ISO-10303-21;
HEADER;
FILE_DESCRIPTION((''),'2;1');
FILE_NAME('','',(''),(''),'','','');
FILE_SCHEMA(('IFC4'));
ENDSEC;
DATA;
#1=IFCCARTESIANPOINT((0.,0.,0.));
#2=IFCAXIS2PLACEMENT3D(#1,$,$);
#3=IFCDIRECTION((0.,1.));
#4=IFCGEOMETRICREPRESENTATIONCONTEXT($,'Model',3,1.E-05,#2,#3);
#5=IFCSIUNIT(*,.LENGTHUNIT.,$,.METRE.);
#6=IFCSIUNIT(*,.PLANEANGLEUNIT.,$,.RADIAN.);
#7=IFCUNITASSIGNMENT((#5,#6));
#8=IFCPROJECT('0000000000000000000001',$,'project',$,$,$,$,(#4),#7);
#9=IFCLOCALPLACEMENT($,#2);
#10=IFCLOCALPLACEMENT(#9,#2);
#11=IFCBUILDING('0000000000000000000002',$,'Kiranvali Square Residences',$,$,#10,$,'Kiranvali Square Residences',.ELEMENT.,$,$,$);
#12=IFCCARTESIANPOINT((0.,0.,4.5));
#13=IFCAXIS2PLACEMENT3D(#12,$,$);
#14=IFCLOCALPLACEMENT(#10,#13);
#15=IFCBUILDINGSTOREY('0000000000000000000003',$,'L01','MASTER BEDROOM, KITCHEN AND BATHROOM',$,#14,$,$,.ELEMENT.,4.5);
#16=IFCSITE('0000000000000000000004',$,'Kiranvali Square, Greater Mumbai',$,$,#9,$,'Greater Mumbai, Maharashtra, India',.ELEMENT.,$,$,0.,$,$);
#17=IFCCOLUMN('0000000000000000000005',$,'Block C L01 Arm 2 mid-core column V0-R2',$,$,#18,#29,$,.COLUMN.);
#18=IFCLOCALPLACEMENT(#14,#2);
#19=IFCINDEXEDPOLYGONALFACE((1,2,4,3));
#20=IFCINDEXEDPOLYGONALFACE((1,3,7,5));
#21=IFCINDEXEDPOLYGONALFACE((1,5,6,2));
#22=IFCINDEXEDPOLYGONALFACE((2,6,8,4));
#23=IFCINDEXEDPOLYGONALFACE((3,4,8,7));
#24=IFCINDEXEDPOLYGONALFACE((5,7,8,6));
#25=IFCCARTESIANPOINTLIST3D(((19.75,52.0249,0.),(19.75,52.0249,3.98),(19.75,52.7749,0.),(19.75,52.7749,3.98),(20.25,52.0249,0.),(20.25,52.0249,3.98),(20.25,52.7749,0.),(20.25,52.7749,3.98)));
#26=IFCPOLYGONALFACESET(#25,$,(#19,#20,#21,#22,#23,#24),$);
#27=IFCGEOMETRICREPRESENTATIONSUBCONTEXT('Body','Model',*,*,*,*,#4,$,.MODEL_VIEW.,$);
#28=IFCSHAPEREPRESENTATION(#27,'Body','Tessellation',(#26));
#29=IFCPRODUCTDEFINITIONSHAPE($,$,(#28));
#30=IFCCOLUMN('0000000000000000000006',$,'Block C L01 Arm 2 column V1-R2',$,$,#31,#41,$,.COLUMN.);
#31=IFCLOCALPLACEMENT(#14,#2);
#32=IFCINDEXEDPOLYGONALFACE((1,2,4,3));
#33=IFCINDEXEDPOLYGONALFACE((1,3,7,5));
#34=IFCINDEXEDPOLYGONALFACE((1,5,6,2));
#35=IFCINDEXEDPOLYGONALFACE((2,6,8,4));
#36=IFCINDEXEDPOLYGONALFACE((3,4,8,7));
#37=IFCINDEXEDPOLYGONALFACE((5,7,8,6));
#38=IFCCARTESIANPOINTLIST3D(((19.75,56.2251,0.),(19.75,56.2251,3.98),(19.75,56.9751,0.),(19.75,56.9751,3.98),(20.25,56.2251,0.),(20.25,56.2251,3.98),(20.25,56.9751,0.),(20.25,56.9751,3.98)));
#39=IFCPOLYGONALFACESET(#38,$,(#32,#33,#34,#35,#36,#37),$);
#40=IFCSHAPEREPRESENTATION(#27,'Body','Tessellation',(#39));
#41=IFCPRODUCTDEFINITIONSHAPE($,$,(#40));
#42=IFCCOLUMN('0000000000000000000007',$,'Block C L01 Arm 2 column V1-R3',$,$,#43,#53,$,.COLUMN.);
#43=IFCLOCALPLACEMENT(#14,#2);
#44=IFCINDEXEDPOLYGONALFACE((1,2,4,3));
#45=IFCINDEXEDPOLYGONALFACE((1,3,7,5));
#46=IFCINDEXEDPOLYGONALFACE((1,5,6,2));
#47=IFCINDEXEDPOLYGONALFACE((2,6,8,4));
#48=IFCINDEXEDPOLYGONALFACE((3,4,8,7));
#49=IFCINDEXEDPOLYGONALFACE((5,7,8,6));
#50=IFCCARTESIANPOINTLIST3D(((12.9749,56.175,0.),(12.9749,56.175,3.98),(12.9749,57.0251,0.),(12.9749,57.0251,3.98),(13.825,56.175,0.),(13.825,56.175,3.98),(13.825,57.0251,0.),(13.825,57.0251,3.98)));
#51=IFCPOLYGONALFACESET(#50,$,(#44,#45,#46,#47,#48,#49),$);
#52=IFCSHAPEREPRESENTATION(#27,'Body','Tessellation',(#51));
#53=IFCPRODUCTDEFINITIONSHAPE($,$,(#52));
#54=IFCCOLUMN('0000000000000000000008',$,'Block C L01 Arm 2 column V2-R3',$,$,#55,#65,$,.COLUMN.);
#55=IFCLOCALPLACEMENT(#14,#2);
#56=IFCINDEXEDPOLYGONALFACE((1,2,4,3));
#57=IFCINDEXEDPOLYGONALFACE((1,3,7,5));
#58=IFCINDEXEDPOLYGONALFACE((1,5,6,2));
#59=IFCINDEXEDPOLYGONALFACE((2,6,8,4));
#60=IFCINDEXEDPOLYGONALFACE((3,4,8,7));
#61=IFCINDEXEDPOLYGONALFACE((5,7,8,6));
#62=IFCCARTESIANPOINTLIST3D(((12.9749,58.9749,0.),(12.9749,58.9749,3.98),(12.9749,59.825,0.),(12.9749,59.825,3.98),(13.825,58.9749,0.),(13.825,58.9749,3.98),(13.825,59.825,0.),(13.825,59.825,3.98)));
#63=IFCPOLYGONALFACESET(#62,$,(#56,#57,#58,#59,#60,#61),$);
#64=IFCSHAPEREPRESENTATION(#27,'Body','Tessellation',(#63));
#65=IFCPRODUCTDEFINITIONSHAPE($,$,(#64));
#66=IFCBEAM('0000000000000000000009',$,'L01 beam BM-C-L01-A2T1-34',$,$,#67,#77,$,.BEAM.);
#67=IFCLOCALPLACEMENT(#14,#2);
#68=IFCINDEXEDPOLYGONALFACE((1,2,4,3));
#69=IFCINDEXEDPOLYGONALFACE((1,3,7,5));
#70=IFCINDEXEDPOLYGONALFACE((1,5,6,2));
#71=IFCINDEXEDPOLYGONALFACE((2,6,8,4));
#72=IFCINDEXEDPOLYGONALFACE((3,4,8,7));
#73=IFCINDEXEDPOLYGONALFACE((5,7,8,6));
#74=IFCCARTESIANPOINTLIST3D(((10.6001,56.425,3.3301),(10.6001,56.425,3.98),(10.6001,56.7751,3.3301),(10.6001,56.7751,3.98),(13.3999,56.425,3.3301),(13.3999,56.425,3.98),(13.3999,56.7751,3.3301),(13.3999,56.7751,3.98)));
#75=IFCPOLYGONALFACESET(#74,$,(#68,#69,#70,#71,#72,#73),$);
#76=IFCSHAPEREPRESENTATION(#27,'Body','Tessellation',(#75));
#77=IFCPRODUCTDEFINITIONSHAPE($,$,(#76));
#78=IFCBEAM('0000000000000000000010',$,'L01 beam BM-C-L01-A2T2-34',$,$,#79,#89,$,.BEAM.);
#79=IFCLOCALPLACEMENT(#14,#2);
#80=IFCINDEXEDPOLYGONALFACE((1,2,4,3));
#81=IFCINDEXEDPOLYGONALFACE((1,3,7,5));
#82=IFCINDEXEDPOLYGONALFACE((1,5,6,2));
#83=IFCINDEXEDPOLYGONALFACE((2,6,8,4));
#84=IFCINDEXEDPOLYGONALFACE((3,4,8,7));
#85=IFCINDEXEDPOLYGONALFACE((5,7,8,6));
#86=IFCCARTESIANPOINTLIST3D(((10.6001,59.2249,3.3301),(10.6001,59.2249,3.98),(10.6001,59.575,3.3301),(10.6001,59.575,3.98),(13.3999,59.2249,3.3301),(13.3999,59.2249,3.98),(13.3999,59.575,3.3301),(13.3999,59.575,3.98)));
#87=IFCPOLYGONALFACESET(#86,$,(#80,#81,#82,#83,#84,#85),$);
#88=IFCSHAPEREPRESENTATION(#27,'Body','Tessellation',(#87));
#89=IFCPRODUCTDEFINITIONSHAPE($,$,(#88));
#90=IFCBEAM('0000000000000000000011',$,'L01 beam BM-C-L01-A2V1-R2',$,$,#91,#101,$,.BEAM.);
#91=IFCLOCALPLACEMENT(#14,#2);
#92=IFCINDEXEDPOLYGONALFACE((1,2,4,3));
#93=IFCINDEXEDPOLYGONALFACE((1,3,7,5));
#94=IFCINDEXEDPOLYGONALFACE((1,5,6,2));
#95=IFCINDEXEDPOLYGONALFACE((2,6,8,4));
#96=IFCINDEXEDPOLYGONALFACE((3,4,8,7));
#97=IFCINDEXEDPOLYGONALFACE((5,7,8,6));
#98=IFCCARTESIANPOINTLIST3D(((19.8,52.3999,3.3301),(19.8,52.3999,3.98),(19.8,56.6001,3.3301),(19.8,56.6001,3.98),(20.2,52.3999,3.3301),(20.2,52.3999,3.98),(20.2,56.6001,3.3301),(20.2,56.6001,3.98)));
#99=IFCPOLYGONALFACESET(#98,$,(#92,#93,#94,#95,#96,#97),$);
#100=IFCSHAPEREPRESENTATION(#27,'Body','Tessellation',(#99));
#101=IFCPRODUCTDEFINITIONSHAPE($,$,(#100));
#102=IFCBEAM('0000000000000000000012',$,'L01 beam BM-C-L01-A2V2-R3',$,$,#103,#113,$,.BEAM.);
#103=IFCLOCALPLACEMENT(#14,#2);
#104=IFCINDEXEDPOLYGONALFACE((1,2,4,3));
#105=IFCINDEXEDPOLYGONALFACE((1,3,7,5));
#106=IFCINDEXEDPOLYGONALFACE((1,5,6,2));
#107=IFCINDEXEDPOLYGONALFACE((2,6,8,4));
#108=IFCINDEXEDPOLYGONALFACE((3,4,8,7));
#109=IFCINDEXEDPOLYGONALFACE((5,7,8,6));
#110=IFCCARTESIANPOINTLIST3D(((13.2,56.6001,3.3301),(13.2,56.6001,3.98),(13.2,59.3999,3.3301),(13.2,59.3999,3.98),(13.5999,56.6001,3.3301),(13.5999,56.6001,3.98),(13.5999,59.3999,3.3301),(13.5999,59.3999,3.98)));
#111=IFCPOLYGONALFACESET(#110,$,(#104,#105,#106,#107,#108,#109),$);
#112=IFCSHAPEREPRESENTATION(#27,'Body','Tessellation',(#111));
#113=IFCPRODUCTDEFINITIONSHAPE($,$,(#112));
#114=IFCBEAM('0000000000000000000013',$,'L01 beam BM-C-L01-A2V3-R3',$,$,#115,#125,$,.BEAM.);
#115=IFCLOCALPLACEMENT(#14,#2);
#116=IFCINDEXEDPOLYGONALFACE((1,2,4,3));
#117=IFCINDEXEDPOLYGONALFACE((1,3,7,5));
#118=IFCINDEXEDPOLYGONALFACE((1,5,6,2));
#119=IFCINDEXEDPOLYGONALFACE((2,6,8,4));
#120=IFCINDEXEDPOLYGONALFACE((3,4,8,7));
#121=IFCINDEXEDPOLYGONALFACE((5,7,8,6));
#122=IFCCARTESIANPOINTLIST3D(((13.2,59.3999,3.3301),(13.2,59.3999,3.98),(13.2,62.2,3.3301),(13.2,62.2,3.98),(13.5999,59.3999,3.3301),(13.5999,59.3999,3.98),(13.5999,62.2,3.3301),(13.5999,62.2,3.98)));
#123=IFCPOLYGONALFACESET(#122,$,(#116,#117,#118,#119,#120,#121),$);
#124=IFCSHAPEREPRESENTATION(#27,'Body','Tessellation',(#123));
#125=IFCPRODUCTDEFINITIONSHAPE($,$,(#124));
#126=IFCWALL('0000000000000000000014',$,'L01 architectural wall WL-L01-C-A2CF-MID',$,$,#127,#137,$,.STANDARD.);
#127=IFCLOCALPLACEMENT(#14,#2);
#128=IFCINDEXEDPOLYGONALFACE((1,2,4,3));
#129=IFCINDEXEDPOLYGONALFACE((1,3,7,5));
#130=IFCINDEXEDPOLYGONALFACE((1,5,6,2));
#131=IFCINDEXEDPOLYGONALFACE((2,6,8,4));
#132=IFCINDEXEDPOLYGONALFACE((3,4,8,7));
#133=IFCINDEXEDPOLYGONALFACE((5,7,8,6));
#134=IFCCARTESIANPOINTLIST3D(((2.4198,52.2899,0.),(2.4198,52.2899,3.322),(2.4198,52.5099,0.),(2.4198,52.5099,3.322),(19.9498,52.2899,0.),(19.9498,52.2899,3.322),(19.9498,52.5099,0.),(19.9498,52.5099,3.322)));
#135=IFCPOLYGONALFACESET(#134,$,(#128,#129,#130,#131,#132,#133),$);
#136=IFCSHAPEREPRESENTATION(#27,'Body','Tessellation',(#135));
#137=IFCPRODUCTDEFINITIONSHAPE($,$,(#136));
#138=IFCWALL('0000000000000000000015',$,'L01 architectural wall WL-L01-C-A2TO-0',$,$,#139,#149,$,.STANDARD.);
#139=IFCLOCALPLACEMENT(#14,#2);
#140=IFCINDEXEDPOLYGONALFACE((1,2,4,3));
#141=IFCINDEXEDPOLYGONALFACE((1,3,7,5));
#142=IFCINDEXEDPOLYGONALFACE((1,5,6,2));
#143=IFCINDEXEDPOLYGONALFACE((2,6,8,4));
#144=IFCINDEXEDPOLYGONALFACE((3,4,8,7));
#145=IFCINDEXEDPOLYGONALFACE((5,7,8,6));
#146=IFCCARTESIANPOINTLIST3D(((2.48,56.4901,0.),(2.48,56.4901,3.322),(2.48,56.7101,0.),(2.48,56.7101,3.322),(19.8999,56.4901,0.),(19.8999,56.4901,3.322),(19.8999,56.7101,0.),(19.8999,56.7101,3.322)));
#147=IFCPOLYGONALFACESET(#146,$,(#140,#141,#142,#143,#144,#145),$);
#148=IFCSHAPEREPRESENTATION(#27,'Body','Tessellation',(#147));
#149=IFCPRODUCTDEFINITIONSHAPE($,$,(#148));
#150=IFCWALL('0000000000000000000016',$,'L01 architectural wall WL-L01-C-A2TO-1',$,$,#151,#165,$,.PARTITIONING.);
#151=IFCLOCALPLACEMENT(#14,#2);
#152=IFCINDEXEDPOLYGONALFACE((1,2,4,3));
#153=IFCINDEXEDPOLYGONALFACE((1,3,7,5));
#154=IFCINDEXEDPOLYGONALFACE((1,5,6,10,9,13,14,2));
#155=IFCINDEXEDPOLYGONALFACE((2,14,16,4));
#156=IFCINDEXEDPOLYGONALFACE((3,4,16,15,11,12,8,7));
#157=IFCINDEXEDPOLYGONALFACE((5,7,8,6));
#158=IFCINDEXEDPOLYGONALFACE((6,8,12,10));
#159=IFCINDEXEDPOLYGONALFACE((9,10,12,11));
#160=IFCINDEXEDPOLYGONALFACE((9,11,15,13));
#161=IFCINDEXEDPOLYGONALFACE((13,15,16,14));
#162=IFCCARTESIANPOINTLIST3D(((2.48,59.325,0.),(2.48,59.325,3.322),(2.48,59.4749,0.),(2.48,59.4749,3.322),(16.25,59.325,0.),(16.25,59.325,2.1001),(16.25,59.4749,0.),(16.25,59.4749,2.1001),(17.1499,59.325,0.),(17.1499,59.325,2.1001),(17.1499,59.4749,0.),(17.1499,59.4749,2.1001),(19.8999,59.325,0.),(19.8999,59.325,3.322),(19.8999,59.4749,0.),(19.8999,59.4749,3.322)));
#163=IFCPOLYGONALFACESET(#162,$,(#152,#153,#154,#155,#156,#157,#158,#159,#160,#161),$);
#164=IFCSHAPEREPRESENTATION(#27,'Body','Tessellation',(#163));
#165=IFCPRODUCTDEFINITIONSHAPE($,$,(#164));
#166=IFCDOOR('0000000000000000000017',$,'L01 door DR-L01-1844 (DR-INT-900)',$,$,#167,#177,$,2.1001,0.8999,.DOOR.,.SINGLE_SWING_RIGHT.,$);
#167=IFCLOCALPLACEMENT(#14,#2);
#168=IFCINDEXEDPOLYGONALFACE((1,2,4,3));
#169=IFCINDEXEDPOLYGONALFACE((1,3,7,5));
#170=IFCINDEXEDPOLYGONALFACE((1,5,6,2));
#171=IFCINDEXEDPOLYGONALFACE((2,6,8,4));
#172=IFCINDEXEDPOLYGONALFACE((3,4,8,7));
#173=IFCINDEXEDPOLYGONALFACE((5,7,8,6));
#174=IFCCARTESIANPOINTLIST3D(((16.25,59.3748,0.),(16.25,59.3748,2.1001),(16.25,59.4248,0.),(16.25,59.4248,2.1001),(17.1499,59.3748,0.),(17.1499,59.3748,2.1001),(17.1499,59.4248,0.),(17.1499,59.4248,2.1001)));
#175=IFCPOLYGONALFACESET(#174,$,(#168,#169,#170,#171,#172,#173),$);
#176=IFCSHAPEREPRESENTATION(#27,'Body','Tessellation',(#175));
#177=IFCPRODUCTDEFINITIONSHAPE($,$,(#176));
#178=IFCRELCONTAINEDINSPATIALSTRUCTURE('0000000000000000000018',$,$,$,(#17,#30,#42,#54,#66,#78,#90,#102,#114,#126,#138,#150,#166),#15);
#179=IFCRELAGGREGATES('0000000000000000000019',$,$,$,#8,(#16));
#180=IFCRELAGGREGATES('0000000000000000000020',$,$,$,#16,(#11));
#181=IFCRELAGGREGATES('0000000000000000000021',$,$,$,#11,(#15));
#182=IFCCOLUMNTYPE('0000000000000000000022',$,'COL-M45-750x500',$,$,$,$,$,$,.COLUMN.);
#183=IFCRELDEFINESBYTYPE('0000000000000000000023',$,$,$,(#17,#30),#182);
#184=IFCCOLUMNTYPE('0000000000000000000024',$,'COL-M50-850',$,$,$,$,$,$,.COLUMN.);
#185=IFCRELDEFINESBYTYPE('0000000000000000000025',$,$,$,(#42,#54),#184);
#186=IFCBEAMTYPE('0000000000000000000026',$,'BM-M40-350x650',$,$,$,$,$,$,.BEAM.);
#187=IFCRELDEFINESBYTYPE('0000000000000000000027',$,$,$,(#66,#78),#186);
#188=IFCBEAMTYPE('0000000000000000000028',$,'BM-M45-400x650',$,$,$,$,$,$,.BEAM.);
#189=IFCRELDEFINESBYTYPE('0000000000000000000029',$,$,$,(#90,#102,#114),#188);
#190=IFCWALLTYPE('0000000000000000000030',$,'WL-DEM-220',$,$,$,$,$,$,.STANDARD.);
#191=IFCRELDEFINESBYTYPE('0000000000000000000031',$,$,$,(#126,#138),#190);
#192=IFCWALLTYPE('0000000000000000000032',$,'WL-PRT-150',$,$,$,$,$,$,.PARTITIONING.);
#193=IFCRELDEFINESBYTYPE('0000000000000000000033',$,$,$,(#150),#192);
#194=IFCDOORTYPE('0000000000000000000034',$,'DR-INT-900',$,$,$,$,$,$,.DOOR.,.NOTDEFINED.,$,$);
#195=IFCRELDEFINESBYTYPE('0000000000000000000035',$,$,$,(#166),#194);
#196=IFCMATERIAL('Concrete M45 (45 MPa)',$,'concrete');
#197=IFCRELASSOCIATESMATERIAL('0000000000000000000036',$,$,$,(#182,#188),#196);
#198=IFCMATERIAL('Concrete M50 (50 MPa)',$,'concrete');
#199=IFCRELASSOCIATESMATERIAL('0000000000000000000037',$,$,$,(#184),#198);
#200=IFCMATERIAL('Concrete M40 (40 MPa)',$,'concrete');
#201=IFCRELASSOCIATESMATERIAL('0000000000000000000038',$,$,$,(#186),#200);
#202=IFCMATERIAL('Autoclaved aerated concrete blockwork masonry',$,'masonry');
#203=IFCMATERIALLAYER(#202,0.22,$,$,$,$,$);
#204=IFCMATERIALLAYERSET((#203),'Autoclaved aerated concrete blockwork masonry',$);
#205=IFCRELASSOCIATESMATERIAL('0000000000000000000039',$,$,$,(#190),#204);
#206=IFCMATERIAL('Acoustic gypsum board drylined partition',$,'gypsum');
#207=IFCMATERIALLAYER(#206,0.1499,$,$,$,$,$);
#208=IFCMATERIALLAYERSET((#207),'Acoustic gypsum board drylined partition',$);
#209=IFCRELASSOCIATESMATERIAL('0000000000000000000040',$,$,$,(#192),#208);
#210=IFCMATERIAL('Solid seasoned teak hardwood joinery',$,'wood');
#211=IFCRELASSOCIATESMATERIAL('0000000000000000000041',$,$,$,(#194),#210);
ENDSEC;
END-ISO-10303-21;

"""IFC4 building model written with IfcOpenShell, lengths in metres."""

from ifc_helpers import new_model, si_unit, direction, frame, frame_2d, origin, origin_2d, place, context, subcontext, project, spatial, rectangle, extrude, material, layer, layer_set, material_profile, profile_set, type_object, element, fill, save


model = new_model("IFC4")

# Units and contexts
model_context = context("Model", 3, precision=1e-05, world=origin(), true_north=direction((0.0, 1.0)))
body_context = subcontext(model_context, "Body", "Model", "MODEL_VIEW")
ifc_project = project(units=[si_unit("LENGTHUNIT", "METRE"), si_unit("PLANEANGLEUNIT", "RADIAN")], contexts=[model_context])

# Site, building, storey
site_placement = place(None, origin())
site = spatial("IfcSite", under=ifc_project, at=site_placement, Name="Kiranvali Square, Greater Mumbai", LongName="Greater Mumbai, Maharashtra, India", CompositionType="ELEMENT", RefElevation=0.0)
building_placement = place(site_placement, origin())
building = spatial("IfcBuilding", under=site, at=building_placement, Name="Kiranvali Square Residences", LongName="Kiranvali Square Residences", CompositionType="ELEMENT")
storey_placement = place(building_placement, frame((0.0, 0.0, 4.5)))
storey = spatial("IfcBuildingStorey", under=building, at=storey_placement, Name="L01", Description="MASTER BEDROOM, KITCHEN AND BATHROOM", CompositionType="ELEMENT", Elevation=4.5)

# Columns
ifc_material_1 = material(Name="Concrete M45 (45 MPa)", Category="concrete")
ifc_material_profile_1 = material_profile(ifc_material_1, rectangle(XDim=0.5, YDim=0.75, at=origin_2d()), Name="RC 750x500")
ifc_profile_set_1 = profile_set([ifc_material_profile_1], Name="Concrete M45 (45 MPa)")
column_type_1 = type_object("IfcColumnType", Name="COL-M45-750x500", PredefinedType="COLUMN", material=ifc_profile_set_1)
for number, where, z_axis, x_axis, name in (
    (1, (20.0, 52.3999, 0.0), (0.0, 0.0, 1.0), (1.0, 0.0, 0.0), "Block C L01 Arm 2 mid-core column V0-R2"),
    (2, (20.0, 56.6001, 0.0), (0.0, 0.0, 1.0), (1.0, 0.0, 0.0), "Block C L01 Arm 2 column V1-R2"),
):
    element("IfcColumn", number, at=place(storey_placement, frame(where, z_axis=z_axis, x_axis=x_axis)), inside=storey, type_object=column_type_1, Name=name, PredefinedType="COLUMN", context=body_context, shape_type="SweptSolid", body=[
        extrude(rectangle(XDim=0.5, YDim=0.75, at=origin_2d()), origin(), (0.0, 0.0, 1.0), 3.98),
    ])
ifc_material_2 = material(Name="Concrete M50 (50 MPa)", Category="concrete")
ifc_material_profile_2 = material_profile(ifc_material_2, rectangle(XDim=0.8501, YDim=0.8501, at=origin_2d()), Name="RC 850x850")
ifc_profile_set_2 = profile_set([ifc_material_profile_2], Name="Concrete M50 (50 MPa)")
column_type_2 = type_object("IfcColumnType", Name="COL-M50-850", PredefinedType="COLUMN", material=ifc_profile_set_2)
for number, where, z_axis, x_axis, name in (
    (3, (13.3999, 56.6001, 0.0), (0.0, 0.0, 1.0), (1.0, 0.0, 0.0), "Block C L01 Arm 2 column V1-R3"),
    (4, (13.3999, 59.3999, 0.0), (0.0, 0.0, 1.0), (1.0, 0.0, 0.0), "Block C L01 Arm 2 column V2-R3"),
):
    element("IfcColumn", number, at=place(storey_placement, frame(where, z_axis=z_axis, x_axis=x_axis)), inside=storey, type_object=column_type_2, Name=name, PredefinedType="COLUMN", context=body_context, shape_type="SweptSolid", body=[
        extrude(rectangle(XDim=0.8501, YDim=0.8501, at=origin_2d()), origin(), (0.0, 0.0, 1.0), 3.98),
    ])

# Beams
ifc_material_3 = material(Name="Concrete M40 (40 MPa)", Category="concrete")
ifc_material_profile_3 = material_profile(ifc_material_3, rectangle(XDim=0.3501, YDim=0.6499, at=origin_2d()), Name="RC 350x650")
ifc_profile_set_3 = profile_set([ifc_material_profile_3], Name="Concrete M40 (40 MPa)")
beam_type_1 = type_object("IfcBeamType", Name="BM-M40-350x650", PredefinedType="BEAM", material=ifc_profile_set_3)
for number, where, z_axis, x_axis, name in (
    (5, (13.3999, 56.6001, 3.655), (-1.0, 0.0, 0.0), (0.0, -1.0, 0.0), "L01 beam BM-C-L01-A2T1-34"),
    (6, (13.3999, 59.3999, 3.655), (-1.0, 0.0, 0.0), (0.0, -1.0, 0.0), "L01 beam BM-C-L01-A2T2-34"),
):
    element("IfcBeam", number, at=place(storey_placement, frame(where, z_axis=z_axis, x_axis=x_axis)), inside=storey, type_object=beam_type_1, Name=name, PredefinedType="BEAM", context=body_context, shape_type="SweptSolid", body=[
        extrude(rectangle(XDim=0.3501, YDim=0.6499, at=origin_2d()), origin(), (0.0, 0.0, 1.0), 2.7998),
    ])
ifc_material_profile_4 = material_profile(ifc_material_1, rectangle(XDim=0.3999, YDim=0.6499, at=origin_2d()), Name="RC 400x650")
ifc_profile_set_4 = profile_set([ifc_material_profile_4], Name="Concrete M45 (45 MPa)")
beam_type_2 = type_object("IfcBeamType", Name="BM-M45-400x650", PredefinedType="BEAM", material=ifc_profile_set_4)
beam_1_placement = place(storey_placement, frame((20.0, 52.3999, 3.655), z_axis=(0.0, 1.0, 0.0), x_axis=(-1.0, 0.0, 0.0)))
element("IfcBeam", 7, at=beam_1_placement, inside=storey, type_object=beam_type_2, Name="L01 beam BM-C-L01-A2V1-R2", PredefinedType="BEAM", context=body_context, shape_type="SweptSolid", body=[
    extrude(rectangle(XDim=0.3999, YDim=0.6499, at=origin_2d()), origin(), (0.0, 0.0, 1.0), 4.2002),
])
beam_2_placement = place(storey_placement, frame((13.3999, 56.6001, 3.655), z_axis=(0.0, 1.0, 0.0), x_axis=(-1.0, 0.0, 0.0)))
element("IfcBeam", 8, at=beam_2_placement, inside=storey, type_object=beam_type_2, Name="L01 beam BM-C-L01-A2V2-R3", PredefinedType="BEAM", context=body_context, shape_type="SweptSolid", body=[
    extrude(rectangle(XDim=0.3999, YDim=0.6499, at=origin_2d()), origin(), (0.0, 0.0, 1.0), 2.7998),
])
beam_3_placement = place(storey_placement, frame((13.3999, 59.3999, 3.655), z_axis=(0.0, 1.0, 0.0), x_axis=(-1.0, 0.0, 0.0)))
element("IfcBeam", 9, at=beam_3_placement, inside=storey, type_object=beam_type_2, Name="L01 beam BM-C-L01-A2V3-R3", PredefinedType="BEAM", context=body_context, shape_type="SweptSolid", body=[
    extrude(rectangle(XDim=0.3999, YDim=0.6499, at=origin_2d()), origin(), (0.0, 0.0, 1.0), 2.8),
])

# Shared definitions
ifc_material_4 = material(Name="Autoclaved aerated concrete blockwork masonry", Category="masonry")

# Walls
ifc_layer_1 = layer(ifc_material_4, 0.22)
ifc_layer_set_1 = layer_set([ifc_layer_1], Name="Autoclaved aerated concrete blockwork masonry")
wall_type_1 = type_object("IfcWallType", Name="WL-DEM-220", PredefinedType="STANDARD", material=ifc_layer_set_1)
wall_1_placement = place(storey_placement, frame((19.95, 52.3999, 0.0), z_axis=(0.0, 0.0, 1.0), x_axis=(-1.0, 0.0, 0.0)))
element("IfcWall", 10, at=wall_1_placement, inside=storey, type_object=wall_type_1, Name="L01 architectural wall WL-L01-C-A2CF-MID", PredefinedType="STANDARD", context=body_context, shape_type="SweptSolid", body=[
    extrude(rectangle(XDim=17.53, YDim=0.22, at=frame_2d((8.7651, 0.0))), origin(), (0.0, 0.0, 1.0), 3.322),
])
wall_2_placement = place(storey_placement, frame((19.8999, 56.6001, 0.0), z_axis=(0.0, 0.0, 1.0), x_axis=(-1.0, 0.0, 0.0)))
element("IfcWall", 11, at=wall_2_placement, inside=storey, type_object=wall_type_1, Name="L01 architectural wall WL-L01-C-A2TO-0", PredefinedType="STANDARD", context=body_context, shape_type="SweptSolid", body=[
    extrude(rectangle(XDim=17.4199, YDim=0.22, at=frame_2d((8.71, 0.0))), origin(), (0.0, 0.0, 1.0), 3.322),
])

# Wall, opening, door
ifc_material_5 = material(Name="Acoustic gypsum board drylined partition", Category="gypsum")
ifc_layer_2 = layer(ifc_material_5, 0.1499)
ifc_layer_set_2 = layer_set([ifc_layer_2], Name="Acoustic gypsum board drylined partition")
wall_type_2 = type_object("IfcWallType", Name="WL-PRT-150", PredefinedType="PARTITIONING", material=ifc_layer_set_2)
wall_3_placement = place(storey_placement, frame((19.8999, 59.3999, 0.0), z_axis=(0.0, 0.0, 1.0), x_axis=(-1.0, 0.0, 0.0)))
wall_3 = element("IfcWall", 12, at=wall_3_placement, inside=storey, type_object=wall_type_2, Name="L01 architectural wall WL-L01-C-A2TO-1", PredefinedType="PARTITIONING", context=body_context, shape_type="SweptSolid", body=[
    extrude(rectangle(XDim=17.4199, YDim=0.1499, at=frame_2d((8.71, 0.0))), origin(), (0.0, 0.0, 1.0), 3.322),
])
opening_1_placement = place(wall_3_placement, frame((2.75, 0.0, 0.0)))
opening_1 = element("IfcOpeningElement", 13, at=opening_1_placement, cuts=wall_3, PredefinedType="OPENING", context=body_context, shape_type="SweptSolid", body=[
    extrude(rectangle(XDim=0.8999, YDim=2.1001, at=frame_2d((0.45, 1.05))), frame((0.0, 0.085, 0.0), z_axis=(0.0, -1.0, 0.0), x_axis=(1.0, 0.0, 0.0)), (0.0, 0.0, 1.0), 0.1699),
])
ifc_material_6 = material(Name="Solid seasoned teak hardwood joinery", Category="wood")
door_type_1 = type_object("IfcDoorType", Name="DR-INT-900", OperationType="NOTDEFINED", PredefinedType="DOOR", material=ifc_material_6)
door_1_placement = place(opening_1_placement, frame((0.8999, 0.0, 0.0), z_axis=(0.0, 0.0, 1.0), x_axis=(-1.0, 0.0, 0.0)))
door_1 = element("IfcDoor", 14, at=door_1_placement, inside=storey, type_object=door_type_1, Name="L01 door DR-L01-1844 (DR-INT-900)", OperationType="SINGLE_SWING_RIGHT", OverallHeight=2.1001, OverallWidth=0.8999, PredefinedType="DOOR", context=body_context, shape_type="SweptSolid", body=[
    extrude(rectangle(XDim=0.8999, YDim=2.1001, at=frame_2d((0.45, 1.05))), frame((0.0, 0.0249, 0.0), z_axis=(0.0, -1.0, 0.0), x_axis=(1.0, 0.0, 0.0)), (0.0, 0.0, 1.0), 0.05),
])
fill(opening_1, door_1)

save(model, "model.ifc")
